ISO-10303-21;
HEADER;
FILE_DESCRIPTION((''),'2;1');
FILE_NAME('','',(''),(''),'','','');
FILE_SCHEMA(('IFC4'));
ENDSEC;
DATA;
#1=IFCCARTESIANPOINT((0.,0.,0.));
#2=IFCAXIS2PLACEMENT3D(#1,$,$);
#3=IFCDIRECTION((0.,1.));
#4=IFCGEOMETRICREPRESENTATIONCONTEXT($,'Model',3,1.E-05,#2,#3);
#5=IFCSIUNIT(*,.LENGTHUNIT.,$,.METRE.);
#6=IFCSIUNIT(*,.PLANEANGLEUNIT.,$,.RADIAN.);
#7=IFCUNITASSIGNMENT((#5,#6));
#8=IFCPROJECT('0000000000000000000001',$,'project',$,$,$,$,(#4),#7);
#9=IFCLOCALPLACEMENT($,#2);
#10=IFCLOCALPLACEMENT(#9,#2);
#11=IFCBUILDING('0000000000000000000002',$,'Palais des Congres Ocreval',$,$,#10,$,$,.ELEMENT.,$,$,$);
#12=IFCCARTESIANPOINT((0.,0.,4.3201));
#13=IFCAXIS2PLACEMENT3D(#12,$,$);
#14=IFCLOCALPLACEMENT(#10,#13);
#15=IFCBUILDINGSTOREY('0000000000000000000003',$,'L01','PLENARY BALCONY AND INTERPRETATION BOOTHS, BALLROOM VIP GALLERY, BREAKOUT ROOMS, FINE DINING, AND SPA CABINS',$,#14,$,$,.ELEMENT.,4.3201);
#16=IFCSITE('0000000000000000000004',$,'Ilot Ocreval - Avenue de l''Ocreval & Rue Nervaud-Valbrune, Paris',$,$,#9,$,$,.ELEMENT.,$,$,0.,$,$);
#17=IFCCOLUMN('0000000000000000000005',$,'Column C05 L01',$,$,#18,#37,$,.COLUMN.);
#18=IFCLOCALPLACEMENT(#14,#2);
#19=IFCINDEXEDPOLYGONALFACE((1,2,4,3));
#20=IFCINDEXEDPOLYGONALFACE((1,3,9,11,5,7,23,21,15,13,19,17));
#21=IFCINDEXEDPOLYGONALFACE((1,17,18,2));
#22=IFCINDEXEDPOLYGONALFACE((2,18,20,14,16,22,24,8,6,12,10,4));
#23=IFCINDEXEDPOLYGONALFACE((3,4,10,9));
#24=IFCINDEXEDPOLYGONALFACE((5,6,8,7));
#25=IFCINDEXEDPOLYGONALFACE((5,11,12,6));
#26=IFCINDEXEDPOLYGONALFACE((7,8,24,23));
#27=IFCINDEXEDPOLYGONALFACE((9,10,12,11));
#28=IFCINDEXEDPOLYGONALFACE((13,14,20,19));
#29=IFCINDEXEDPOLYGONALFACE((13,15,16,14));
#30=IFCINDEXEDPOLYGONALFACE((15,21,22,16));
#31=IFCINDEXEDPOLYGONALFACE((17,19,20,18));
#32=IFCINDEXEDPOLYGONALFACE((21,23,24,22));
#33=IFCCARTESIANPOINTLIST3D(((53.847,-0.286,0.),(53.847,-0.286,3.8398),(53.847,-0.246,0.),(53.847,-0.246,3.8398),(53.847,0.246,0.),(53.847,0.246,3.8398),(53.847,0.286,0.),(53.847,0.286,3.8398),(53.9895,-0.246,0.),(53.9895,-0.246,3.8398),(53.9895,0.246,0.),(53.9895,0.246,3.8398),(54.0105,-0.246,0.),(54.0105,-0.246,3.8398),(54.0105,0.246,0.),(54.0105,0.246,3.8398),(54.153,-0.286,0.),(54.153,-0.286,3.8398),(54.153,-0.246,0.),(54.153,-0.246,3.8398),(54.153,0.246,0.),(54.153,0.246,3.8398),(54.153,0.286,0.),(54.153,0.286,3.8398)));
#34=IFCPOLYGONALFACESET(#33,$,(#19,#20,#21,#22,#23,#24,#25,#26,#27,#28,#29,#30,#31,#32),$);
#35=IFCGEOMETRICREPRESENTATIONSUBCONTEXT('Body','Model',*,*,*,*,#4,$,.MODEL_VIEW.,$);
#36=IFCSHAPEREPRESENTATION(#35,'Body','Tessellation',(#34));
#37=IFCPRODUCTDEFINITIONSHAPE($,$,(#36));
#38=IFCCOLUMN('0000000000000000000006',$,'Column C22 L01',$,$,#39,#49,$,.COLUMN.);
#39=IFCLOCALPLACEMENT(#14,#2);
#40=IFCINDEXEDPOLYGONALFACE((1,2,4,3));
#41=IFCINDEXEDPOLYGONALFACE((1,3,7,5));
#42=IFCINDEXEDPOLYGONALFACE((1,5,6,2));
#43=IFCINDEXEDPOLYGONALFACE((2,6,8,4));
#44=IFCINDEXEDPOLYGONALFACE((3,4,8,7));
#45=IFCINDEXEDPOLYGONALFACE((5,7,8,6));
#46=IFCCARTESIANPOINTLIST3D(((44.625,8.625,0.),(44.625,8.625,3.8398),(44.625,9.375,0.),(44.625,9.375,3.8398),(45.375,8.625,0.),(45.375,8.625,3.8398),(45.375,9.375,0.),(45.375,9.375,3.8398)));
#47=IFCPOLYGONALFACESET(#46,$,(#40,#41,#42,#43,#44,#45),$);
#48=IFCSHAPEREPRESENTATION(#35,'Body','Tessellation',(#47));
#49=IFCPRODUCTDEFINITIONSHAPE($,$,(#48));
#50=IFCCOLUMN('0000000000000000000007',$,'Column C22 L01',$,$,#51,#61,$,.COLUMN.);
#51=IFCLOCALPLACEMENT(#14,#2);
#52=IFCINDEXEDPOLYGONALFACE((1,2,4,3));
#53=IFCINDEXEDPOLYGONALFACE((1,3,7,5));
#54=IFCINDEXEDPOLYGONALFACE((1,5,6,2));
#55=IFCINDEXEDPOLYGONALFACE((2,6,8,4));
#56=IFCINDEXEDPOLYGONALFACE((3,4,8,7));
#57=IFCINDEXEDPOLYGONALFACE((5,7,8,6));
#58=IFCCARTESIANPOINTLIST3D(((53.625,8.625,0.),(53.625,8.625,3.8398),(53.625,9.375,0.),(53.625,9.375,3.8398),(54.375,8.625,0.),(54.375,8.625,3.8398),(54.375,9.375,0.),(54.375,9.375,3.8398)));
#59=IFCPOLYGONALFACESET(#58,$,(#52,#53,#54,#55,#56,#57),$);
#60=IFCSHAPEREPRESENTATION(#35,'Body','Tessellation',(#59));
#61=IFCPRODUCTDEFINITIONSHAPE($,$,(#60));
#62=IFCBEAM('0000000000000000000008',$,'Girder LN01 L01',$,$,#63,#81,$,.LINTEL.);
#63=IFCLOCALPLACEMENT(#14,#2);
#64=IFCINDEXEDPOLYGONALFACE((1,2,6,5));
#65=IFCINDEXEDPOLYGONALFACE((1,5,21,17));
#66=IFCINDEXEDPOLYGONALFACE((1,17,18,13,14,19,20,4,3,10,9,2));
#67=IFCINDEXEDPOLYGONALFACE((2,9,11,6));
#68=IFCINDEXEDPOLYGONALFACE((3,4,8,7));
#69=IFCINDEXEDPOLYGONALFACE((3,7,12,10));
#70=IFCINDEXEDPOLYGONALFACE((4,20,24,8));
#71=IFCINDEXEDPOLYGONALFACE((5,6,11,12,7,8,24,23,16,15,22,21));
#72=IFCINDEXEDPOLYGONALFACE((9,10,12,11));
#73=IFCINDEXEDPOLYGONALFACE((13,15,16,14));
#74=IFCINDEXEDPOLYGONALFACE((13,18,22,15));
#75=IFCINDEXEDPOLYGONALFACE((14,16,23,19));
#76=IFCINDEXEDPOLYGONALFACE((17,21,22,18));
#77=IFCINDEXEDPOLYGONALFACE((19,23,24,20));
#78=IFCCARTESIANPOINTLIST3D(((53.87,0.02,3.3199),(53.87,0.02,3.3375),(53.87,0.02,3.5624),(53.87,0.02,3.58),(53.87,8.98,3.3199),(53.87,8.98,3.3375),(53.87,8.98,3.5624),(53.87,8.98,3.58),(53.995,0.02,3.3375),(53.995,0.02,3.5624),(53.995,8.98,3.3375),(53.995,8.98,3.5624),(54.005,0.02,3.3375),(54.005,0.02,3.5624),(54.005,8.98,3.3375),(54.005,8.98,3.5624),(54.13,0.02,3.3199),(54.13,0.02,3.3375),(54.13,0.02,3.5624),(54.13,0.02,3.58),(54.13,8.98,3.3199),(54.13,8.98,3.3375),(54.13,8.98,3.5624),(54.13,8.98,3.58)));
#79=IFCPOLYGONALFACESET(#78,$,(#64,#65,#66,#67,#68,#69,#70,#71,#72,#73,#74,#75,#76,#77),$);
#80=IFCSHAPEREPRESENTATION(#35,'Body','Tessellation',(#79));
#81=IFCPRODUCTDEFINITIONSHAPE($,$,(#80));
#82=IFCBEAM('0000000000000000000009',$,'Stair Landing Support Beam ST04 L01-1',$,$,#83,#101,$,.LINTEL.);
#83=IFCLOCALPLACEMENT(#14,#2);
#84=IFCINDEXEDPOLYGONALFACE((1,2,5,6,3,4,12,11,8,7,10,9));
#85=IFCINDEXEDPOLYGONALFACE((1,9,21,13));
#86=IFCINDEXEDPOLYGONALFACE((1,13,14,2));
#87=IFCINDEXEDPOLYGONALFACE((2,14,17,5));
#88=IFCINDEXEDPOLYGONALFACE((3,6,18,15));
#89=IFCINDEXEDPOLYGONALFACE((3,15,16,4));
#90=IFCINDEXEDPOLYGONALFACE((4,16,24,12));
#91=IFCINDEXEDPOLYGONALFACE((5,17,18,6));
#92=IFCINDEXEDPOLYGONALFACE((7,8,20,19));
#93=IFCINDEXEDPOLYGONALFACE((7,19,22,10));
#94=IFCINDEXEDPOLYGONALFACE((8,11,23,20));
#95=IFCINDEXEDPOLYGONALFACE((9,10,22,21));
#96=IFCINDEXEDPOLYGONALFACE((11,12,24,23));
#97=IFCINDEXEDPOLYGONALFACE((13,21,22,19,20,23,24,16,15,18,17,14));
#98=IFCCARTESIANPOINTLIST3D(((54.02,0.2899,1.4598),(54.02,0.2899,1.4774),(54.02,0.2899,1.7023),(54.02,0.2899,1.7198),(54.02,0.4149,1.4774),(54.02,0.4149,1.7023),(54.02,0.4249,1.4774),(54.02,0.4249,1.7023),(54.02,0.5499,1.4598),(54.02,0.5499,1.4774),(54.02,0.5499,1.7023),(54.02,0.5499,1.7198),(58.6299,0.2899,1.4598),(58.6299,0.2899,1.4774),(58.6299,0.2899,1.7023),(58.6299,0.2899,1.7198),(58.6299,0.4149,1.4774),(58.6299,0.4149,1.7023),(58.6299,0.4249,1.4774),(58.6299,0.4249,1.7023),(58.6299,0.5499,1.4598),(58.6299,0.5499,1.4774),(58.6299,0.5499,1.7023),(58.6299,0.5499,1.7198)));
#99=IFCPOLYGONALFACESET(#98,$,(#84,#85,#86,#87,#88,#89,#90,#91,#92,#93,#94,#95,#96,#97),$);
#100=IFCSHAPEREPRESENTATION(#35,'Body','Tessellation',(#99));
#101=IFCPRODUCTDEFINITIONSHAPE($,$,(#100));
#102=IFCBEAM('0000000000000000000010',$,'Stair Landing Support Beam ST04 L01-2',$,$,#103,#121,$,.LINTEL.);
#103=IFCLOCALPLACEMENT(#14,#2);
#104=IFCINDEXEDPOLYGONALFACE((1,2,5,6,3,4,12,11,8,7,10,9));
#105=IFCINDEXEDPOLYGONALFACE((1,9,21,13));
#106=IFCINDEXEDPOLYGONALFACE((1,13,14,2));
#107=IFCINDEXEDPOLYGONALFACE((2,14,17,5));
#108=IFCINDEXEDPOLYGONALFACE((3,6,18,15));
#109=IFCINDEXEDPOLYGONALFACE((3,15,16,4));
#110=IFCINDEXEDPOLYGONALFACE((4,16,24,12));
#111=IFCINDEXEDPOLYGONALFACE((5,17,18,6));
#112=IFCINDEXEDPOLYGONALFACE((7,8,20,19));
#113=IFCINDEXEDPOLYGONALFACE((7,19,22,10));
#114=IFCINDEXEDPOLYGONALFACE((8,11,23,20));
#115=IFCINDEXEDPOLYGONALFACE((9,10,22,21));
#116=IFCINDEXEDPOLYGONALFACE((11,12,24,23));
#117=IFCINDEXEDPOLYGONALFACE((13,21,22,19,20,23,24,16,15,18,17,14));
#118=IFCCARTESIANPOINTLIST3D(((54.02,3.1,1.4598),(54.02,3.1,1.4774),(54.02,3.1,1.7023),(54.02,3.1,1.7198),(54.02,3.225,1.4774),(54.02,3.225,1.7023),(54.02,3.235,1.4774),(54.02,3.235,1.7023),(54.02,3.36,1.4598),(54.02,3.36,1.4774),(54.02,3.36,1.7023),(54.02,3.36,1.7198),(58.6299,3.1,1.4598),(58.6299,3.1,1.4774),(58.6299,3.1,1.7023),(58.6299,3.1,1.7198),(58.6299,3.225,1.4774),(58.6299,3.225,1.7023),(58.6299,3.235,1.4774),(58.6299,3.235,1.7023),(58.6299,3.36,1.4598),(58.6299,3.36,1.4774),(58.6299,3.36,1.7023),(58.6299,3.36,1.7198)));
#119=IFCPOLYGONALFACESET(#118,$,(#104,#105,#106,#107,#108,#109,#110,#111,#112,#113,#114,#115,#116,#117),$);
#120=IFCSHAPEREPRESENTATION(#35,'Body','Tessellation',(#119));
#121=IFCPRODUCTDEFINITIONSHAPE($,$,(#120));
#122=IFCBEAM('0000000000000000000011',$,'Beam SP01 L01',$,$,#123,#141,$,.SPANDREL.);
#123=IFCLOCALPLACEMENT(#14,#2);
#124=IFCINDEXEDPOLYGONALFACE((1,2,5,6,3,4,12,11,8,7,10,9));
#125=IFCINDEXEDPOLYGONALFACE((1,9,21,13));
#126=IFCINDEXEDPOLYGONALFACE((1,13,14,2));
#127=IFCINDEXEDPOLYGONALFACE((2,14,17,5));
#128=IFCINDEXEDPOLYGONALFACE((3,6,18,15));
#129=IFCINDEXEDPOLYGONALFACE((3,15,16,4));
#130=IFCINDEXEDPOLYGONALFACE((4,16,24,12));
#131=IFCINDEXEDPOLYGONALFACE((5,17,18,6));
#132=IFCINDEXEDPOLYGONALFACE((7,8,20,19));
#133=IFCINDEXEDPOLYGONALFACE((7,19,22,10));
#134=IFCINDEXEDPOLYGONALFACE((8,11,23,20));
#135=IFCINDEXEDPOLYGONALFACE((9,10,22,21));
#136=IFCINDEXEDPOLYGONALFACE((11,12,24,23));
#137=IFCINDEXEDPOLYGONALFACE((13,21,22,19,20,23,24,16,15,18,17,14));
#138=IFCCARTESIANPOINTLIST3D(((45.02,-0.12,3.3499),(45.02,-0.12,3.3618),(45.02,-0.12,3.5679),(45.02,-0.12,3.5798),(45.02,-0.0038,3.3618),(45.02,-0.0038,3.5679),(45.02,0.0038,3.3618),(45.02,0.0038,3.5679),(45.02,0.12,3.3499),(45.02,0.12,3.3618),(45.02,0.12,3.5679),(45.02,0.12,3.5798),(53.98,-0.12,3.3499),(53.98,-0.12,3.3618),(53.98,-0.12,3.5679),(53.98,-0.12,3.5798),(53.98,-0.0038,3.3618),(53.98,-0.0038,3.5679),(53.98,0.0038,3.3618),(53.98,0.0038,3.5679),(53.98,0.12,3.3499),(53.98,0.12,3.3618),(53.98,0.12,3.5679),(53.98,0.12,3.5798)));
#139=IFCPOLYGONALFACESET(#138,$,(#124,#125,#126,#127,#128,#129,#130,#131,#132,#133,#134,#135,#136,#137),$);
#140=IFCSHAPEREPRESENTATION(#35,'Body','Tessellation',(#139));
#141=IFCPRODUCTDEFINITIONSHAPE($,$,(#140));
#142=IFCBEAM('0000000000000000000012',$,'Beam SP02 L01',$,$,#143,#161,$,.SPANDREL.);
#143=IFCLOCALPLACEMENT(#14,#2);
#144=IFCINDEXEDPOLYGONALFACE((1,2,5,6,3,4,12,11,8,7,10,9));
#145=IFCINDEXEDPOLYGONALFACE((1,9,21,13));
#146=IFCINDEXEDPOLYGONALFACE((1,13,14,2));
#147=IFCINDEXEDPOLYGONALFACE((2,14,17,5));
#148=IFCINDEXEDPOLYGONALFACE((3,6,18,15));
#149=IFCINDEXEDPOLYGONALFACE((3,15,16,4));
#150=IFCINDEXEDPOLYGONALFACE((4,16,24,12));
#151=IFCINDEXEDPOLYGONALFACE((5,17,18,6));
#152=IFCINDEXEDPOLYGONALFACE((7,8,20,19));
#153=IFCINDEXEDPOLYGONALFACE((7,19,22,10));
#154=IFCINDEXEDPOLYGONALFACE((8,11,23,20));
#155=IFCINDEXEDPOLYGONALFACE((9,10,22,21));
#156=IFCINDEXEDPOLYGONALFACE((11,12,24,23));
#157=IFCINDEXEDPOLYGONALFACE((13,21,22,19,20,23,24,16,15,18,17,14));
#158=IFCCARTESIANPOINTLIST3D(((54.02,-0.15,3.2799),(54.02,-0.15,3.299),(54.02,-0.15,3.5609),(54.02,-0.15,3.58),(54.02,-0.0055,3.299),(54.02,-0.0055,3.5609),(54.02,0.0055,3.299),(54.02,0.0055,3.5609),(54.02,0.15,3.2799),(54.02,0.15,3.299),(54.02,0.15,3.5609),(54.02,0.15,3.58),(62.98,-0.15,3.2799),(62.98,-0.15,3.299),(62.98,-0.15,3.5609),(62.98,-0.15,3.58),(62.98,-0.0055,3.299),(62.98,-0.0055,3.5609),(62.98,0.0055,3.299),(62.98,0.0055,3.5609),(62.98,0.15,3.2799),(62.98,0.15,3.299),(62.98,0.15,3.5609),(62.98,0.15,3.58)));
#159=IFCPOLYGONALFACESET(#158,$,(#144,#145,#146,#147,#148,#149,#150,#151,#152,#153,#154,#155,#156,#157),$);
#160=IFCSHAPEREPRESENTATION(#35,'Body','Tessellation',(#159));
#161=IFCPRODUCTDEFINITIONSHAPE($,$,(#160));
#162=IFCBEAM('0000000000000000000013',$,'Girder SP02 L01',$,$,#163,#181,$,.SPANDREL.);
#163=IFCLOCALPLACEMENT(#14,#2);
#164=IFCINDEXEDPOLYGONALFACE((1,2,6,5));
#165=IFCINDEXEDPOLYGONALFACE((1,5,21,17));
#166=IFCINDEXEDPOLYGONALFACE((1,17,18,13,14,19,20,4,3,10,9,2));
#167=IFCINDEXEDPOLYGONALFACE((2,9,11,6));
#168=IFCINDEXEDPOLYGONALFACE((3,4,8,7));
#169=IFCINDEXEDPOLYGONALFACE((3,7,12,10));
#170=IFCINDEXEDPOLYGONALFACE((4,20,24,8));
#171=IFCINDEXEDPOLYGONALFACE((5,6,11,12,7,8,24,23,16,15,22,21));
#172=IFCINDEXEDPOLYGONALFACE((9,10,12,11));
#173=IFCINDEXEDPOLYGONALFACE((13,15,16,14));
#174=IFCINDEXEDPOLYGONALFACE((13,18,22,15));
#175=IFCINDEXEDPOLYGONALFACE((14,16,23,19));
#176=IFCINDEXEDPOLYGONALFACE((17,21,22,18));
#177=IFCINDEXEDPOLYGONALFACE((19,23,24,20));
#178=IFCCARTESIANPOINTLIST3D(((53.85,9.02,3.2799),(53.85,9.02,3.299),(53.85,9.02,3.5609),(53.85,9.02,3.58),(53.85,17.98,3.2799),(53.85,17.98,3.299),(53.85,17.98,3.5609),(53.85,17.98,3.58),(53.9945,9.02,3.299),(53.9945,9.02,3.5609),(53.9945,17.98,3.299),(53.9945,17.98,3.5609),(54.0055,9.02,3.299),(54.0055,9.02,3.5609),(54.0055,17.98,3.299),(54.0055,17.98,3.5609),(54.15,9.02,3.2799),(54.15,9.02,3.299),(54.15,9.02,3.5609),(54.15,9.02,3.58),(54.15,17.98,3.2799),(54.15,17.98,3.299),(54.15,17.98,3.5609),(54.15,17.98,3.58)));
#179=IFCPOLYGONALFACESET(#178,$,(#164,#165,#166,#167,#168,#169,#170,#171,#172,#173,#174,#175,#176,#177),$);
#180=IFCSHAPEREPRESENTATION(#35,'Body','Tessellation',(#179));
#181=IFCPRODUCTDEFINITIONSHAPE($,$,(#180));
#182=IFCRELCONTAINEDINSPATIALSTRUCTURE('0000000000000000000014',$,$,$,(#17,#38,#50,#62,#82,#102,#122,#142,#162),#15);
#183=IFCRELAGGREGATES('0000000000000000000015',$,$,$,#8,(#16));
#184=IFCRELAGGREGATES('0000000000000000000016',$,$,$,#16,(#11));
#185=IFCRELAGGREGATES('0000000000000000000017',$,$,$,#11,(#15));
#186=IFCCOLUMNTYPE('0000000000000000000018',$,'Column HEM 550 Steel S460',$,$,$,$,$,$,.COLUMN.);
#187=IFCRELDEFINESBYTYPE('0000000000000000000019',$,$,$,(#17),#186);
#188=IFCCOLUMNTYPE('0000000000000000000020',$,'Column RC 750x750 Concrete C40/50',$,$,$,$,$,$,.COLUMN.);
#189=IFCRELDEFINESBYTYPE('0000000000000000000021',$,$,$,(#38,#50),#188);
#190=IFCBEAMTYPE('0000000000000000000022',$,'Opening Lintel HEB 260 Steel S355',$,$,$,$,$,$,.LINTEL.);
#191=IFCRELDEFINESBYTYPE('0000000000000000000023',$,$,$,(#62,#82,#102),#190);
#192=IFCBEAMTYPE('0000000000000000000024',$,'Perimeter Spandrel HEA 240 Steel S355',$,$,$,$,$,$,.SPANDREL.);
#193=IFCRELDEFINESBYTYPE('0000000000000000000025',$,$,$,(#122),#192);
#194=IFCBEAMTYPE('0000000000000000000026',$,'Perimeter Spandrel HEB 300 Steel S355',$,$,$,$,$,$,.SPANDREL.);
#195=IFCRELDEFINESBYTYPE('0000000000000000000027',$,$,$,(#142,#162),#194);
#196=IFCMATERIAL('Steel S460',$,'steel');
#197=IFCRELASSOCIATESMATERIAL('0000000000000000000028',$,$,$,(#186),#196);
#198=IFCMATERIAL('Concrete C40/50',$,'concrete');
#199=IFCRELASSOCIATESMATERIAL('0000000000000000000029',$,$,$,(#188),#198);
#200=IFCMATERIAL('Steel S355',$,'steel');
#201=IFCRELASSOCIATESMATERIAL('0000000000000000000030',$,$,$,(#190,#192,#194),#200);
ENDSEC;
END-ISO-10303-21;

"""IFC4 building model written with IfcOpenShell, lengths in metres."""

from ifc_helpers import new_model, si_unit, direction, frame, origin, origin_2d, place, context, subcontext, project, spatial, rectangle, i_section, extrude, material, material_profile, profile_set, type_object, element, save


model = new_model("IFC4")

# Units and contexts
model_context = context("Model", 3, precision=1e-05, world=origin(), true_north=direction((0.0, 1.0)))
body_context = subcontext(model_context, "Body", "Model", "MODEL_VIEW")
ifc_project = project(units=[si_unit("LENGTHUNIT", "METRE"), si_unit("PLANEANGLEUNIT", "RADIAN")], contexts=[model_context])

# Site, building, storey
site_placement = place(None, origin())
site = spatial("IfcSite", under=ifc_project, at=site_placement, Name="Ilot Ocreval - Avenue de l'Ocreval & Rue Nervaud-Valbrune, Paris", CompositionType="ELEMENT", RefElevation=0.0)
building_placement = place(site_placement, origin())
building = spatial("IfcBuilding", under=site, at=building_placement, Name="Palais des Congres Ocreval", CompositionType="ELEMENT")
storey_placement = place(building_placement, frame((0.0, 0.0, 4.3201)))
storey = spatial("IfcBuildingStorey", under=building, at=storey_placement, Name="L01", Description="PLENARY BALCONY AND INTERPRETATION BOOTHS, BALLROOM VIP GALLERY, BREAKOUT ROOMS, FINE DINING, AND SPA CABINS", CompositionType="ELEMENT", Elevation=4.3201)

# Columns
ifc_material_1 = material(Name="Steel S460", Category="steel")
ifc_material_profile_1 = material_profile(ifc_material_1, i_section(OverallWidth=0.3059, OverallDepth=0.572, WebThickness=0.021, FlangeThickness=0.04, at=origin_2d()), Name="HEM 550")
ifc_profile_set_1 = profile_set([ifc_material_profile_1], Name="Steel S460")
column_type_1 = type_object("IfcColumnType", Name="Column HEM 550 Steel S460", PredefinedType="COLUMN", material=ifc_profile_set_1)
column_placement = place(storey_placement, frame((54.0, 0.0, 0.0), z_axis=(0.0, 0.0, 1.0), x_axis=(1.0, 0.0, 0.0)))
element("IfcColumn", 1, at=column_placement, inside=storey, type_object=column_type_1, Name="Column C05 L01", PredefinedType="COLUMN", context=body_context, shape_type="SweptSolid", body=[
    extrude(i_section(OverallWidth=0.3059, OverallDepth=0.572, WebThickness=0.021, FlangeThickness=0.04, at=origin_2d()), origin(), (0.0, 0.0, 1.0), 3.8398),
])
ifc_material_2 = material(Name="Concrete C40/50", Category="concrete")
ifc_material_profile_2 = material_profile(ifc_material_2, rectangle(XDim=0.75, YDim=0.75, at=origin_2d()), Name="RC 750x750")
ifc_profile_set_2 = profile_set([ifc_material_profile_2], Name="Concrete C40/50")
column_type_2 = type_object("IfcColumnType", Name="Column RC 750x750 Concrete C40/50", PredefinedType="COLUMN", material=ifc_profile_set_2)
for number, where, z_axis, x_axis, name in (
    (2, (45.0, 9.0, 0.0), (0.0, 0.0, 1.0), (1.0, 0.0, 0.0), "Column C22 L01"),
    (3, (54.0, 9.0, 0.0), (0.0, 0.0, 1.0), (1.0, 0.0, 0.0), "Column C22 L01"),
):
    element("IfcColumn", number, at=place(storey_placement, frame(where, z_axis=z_axis, x_axis=x_axis)), inside=storey, type_object=column_type_2, Name=name, PredefinedType="COLUMN", context=body_context, shape_type="SweptSolid", body=[
        extrude(rectangle(XDim=0.75, YDim=0.75, at=origin_2d()), origin(), (0.0, 0.0, 1.0), 3.8398),
    ])

# Beams
ifc_material_3 = material(Name="Steel S355", Category="steel")
ifc_material_profile_3 = material_profile(ifc_material_3, i_section(OverallWidth=0.26, OverallDepth=0.26, WebThickness=0.01, FlangeThickness=0.0176, at=origin_2d()), Name="HEB 260")
ifc_profile_set_3 = profile_set([ifc_material_profile_3], Name="Steel S355")
beam_type_1 = type_object("IfcBeamType", Name="Opening Lintel HEB 260 Steel S355", PredefinedType="LINTEL", material=ifc_profile_set_3)
beam_1_placement = place(storey_placement, frame((54.0, 0.02, 3.45), z_axis=(0.0, 1.0, 0.0), x_axis=(-1.0, 0.0, 0.0)))
element("IfcBeam", 4, at=beam_1_placement, inside=storey, type_object=beam_type_1, Name="Girder LN01 L01", PredefinedType="LINTEL", context=body_context, shape_type="SweptSolid", body=[
    extrude(i_section(OverallWidth=0.26, OverallDepth=0.26, WebThickness=0.01, FlangeThickness=0.0176, at=origin_2d()), origin(), (0.0, 0.0, 1.0), 8.96),
])
for number, where, z_axis, x_axis, name in (
    (5, (54.02, 0.4199, 1.5898), (1.0, 0.0, 0.0), (0.0, 1.0, 0.0), "Stair Landing Support Beam ST04 L01-1"),
    (6, (54.02, 3.23, 1.5898), (1.0, 0.0, 0.0), (0.0, 1.0, 0.0), "Stair Landing Support Beam ST04 L01-2"),
):
    element("IfcBeam", number, at=place(storey_placement, frame(where, z_axis=z_axis, x_axis=x_axis)), inside=storey, type_object=beam_type_1, Name=name, PredefinedType="LINTEL", context=body_context, shape_type="SweptSolid", body=[
        extrude(i_section(OverallWidth=0.26, OverallDepth=0.26, WebThickness=0.01, FlangeThickness=0.0176, at=origin_2d()), origin(), (0.0, 0.0, 1.0), 4.6099),
    ])
ifc_material_profile_4 = material_profile(ifc_material_3, i_section(OverallWidth=0.24, OverallDepth=0.23, WebThickness=0.0076, FlangeThickness=0.012, at=origin_2d()), Name="HEA 240")
ifc_profile_set_4 = profile_set([ifc_material_profile_4], Name="Steel S355")
beam_type_2 = type_object("IfcBeamType", Name="Perimeter Spandrel HEA 240 Steel S355", PredefinedType="SPANDREL", material=ifc_profile_set_4)
beam_2_placement = place(storey_placement, frame((45.02, 0.0, 3.4648), z_axis=(1.0, 0.0, 0.0), x_axis=(0.0, 1.0, 0.0)))
element("IfcBeam", 7, at=beam_2_placement, inside=storey, type_object=beam_type_2, Name="Beam SP01 L01", PredefinedType="SPANDREL", context=body_context, shape_type="SweptSolid", body=[
    extrude(i_section(OverallWidth=0.24, OverallDepth=0.23, WebThickness=0.0076, FlangeThickness=0.012, at=origin_2d()), origin(), (0.0, 0.0, 1.0), 8.96),
])
ifc_material_profile_5 = material_profile(ifc_material_3, i_section(OverallWidth=0.3, OverallDepth=0.3, WebThickness=0.011, FlangeThickness=0.019, at=origin_2d()), Name="HEB 300")
ifc_profile_set_5 = profile_set([ifc_material_profile_5], Name="Steel S355")
beam_type_3 = type_object("IfcBeamType", Name="Perimeter Spandrel HEB 300 Steel S355", PredefinedType="SPANDREL", material=ifc_profile_set_5)
for number, where, z_axis, x_axis, name in (
    (8, (54.02, 0.0, 3.4299), (1.0, 0.0, 0.0), (0.0, 1.0, 0.0), "Beam SP02 L01"),
    (9, (54.0, 9.02, 3.4299), (0.0, 1.0, 0.0), (-1.0, 0.0, 0.0), "Girder SP02 L01"),
):
    element("IfcBeam", number, at=place(storey_placement, frame(where, z_axis=z_axis, x_axis=x_axis)), inside=storey, type_object=beam_type_3, Name=name, PredefinedType="SPANDREL", context=body_context, shape_type="SweptSolid", body=[
        extrude(i_section(OverallWidth=0.3, OverallDepth=0.3, WebThickness=0.011, FlangeThickness=0.019, at=origin_2d()), origin(), (0.0, 0.0, 1.0), 8.96),
    ])

save(model, "model.ifc")
